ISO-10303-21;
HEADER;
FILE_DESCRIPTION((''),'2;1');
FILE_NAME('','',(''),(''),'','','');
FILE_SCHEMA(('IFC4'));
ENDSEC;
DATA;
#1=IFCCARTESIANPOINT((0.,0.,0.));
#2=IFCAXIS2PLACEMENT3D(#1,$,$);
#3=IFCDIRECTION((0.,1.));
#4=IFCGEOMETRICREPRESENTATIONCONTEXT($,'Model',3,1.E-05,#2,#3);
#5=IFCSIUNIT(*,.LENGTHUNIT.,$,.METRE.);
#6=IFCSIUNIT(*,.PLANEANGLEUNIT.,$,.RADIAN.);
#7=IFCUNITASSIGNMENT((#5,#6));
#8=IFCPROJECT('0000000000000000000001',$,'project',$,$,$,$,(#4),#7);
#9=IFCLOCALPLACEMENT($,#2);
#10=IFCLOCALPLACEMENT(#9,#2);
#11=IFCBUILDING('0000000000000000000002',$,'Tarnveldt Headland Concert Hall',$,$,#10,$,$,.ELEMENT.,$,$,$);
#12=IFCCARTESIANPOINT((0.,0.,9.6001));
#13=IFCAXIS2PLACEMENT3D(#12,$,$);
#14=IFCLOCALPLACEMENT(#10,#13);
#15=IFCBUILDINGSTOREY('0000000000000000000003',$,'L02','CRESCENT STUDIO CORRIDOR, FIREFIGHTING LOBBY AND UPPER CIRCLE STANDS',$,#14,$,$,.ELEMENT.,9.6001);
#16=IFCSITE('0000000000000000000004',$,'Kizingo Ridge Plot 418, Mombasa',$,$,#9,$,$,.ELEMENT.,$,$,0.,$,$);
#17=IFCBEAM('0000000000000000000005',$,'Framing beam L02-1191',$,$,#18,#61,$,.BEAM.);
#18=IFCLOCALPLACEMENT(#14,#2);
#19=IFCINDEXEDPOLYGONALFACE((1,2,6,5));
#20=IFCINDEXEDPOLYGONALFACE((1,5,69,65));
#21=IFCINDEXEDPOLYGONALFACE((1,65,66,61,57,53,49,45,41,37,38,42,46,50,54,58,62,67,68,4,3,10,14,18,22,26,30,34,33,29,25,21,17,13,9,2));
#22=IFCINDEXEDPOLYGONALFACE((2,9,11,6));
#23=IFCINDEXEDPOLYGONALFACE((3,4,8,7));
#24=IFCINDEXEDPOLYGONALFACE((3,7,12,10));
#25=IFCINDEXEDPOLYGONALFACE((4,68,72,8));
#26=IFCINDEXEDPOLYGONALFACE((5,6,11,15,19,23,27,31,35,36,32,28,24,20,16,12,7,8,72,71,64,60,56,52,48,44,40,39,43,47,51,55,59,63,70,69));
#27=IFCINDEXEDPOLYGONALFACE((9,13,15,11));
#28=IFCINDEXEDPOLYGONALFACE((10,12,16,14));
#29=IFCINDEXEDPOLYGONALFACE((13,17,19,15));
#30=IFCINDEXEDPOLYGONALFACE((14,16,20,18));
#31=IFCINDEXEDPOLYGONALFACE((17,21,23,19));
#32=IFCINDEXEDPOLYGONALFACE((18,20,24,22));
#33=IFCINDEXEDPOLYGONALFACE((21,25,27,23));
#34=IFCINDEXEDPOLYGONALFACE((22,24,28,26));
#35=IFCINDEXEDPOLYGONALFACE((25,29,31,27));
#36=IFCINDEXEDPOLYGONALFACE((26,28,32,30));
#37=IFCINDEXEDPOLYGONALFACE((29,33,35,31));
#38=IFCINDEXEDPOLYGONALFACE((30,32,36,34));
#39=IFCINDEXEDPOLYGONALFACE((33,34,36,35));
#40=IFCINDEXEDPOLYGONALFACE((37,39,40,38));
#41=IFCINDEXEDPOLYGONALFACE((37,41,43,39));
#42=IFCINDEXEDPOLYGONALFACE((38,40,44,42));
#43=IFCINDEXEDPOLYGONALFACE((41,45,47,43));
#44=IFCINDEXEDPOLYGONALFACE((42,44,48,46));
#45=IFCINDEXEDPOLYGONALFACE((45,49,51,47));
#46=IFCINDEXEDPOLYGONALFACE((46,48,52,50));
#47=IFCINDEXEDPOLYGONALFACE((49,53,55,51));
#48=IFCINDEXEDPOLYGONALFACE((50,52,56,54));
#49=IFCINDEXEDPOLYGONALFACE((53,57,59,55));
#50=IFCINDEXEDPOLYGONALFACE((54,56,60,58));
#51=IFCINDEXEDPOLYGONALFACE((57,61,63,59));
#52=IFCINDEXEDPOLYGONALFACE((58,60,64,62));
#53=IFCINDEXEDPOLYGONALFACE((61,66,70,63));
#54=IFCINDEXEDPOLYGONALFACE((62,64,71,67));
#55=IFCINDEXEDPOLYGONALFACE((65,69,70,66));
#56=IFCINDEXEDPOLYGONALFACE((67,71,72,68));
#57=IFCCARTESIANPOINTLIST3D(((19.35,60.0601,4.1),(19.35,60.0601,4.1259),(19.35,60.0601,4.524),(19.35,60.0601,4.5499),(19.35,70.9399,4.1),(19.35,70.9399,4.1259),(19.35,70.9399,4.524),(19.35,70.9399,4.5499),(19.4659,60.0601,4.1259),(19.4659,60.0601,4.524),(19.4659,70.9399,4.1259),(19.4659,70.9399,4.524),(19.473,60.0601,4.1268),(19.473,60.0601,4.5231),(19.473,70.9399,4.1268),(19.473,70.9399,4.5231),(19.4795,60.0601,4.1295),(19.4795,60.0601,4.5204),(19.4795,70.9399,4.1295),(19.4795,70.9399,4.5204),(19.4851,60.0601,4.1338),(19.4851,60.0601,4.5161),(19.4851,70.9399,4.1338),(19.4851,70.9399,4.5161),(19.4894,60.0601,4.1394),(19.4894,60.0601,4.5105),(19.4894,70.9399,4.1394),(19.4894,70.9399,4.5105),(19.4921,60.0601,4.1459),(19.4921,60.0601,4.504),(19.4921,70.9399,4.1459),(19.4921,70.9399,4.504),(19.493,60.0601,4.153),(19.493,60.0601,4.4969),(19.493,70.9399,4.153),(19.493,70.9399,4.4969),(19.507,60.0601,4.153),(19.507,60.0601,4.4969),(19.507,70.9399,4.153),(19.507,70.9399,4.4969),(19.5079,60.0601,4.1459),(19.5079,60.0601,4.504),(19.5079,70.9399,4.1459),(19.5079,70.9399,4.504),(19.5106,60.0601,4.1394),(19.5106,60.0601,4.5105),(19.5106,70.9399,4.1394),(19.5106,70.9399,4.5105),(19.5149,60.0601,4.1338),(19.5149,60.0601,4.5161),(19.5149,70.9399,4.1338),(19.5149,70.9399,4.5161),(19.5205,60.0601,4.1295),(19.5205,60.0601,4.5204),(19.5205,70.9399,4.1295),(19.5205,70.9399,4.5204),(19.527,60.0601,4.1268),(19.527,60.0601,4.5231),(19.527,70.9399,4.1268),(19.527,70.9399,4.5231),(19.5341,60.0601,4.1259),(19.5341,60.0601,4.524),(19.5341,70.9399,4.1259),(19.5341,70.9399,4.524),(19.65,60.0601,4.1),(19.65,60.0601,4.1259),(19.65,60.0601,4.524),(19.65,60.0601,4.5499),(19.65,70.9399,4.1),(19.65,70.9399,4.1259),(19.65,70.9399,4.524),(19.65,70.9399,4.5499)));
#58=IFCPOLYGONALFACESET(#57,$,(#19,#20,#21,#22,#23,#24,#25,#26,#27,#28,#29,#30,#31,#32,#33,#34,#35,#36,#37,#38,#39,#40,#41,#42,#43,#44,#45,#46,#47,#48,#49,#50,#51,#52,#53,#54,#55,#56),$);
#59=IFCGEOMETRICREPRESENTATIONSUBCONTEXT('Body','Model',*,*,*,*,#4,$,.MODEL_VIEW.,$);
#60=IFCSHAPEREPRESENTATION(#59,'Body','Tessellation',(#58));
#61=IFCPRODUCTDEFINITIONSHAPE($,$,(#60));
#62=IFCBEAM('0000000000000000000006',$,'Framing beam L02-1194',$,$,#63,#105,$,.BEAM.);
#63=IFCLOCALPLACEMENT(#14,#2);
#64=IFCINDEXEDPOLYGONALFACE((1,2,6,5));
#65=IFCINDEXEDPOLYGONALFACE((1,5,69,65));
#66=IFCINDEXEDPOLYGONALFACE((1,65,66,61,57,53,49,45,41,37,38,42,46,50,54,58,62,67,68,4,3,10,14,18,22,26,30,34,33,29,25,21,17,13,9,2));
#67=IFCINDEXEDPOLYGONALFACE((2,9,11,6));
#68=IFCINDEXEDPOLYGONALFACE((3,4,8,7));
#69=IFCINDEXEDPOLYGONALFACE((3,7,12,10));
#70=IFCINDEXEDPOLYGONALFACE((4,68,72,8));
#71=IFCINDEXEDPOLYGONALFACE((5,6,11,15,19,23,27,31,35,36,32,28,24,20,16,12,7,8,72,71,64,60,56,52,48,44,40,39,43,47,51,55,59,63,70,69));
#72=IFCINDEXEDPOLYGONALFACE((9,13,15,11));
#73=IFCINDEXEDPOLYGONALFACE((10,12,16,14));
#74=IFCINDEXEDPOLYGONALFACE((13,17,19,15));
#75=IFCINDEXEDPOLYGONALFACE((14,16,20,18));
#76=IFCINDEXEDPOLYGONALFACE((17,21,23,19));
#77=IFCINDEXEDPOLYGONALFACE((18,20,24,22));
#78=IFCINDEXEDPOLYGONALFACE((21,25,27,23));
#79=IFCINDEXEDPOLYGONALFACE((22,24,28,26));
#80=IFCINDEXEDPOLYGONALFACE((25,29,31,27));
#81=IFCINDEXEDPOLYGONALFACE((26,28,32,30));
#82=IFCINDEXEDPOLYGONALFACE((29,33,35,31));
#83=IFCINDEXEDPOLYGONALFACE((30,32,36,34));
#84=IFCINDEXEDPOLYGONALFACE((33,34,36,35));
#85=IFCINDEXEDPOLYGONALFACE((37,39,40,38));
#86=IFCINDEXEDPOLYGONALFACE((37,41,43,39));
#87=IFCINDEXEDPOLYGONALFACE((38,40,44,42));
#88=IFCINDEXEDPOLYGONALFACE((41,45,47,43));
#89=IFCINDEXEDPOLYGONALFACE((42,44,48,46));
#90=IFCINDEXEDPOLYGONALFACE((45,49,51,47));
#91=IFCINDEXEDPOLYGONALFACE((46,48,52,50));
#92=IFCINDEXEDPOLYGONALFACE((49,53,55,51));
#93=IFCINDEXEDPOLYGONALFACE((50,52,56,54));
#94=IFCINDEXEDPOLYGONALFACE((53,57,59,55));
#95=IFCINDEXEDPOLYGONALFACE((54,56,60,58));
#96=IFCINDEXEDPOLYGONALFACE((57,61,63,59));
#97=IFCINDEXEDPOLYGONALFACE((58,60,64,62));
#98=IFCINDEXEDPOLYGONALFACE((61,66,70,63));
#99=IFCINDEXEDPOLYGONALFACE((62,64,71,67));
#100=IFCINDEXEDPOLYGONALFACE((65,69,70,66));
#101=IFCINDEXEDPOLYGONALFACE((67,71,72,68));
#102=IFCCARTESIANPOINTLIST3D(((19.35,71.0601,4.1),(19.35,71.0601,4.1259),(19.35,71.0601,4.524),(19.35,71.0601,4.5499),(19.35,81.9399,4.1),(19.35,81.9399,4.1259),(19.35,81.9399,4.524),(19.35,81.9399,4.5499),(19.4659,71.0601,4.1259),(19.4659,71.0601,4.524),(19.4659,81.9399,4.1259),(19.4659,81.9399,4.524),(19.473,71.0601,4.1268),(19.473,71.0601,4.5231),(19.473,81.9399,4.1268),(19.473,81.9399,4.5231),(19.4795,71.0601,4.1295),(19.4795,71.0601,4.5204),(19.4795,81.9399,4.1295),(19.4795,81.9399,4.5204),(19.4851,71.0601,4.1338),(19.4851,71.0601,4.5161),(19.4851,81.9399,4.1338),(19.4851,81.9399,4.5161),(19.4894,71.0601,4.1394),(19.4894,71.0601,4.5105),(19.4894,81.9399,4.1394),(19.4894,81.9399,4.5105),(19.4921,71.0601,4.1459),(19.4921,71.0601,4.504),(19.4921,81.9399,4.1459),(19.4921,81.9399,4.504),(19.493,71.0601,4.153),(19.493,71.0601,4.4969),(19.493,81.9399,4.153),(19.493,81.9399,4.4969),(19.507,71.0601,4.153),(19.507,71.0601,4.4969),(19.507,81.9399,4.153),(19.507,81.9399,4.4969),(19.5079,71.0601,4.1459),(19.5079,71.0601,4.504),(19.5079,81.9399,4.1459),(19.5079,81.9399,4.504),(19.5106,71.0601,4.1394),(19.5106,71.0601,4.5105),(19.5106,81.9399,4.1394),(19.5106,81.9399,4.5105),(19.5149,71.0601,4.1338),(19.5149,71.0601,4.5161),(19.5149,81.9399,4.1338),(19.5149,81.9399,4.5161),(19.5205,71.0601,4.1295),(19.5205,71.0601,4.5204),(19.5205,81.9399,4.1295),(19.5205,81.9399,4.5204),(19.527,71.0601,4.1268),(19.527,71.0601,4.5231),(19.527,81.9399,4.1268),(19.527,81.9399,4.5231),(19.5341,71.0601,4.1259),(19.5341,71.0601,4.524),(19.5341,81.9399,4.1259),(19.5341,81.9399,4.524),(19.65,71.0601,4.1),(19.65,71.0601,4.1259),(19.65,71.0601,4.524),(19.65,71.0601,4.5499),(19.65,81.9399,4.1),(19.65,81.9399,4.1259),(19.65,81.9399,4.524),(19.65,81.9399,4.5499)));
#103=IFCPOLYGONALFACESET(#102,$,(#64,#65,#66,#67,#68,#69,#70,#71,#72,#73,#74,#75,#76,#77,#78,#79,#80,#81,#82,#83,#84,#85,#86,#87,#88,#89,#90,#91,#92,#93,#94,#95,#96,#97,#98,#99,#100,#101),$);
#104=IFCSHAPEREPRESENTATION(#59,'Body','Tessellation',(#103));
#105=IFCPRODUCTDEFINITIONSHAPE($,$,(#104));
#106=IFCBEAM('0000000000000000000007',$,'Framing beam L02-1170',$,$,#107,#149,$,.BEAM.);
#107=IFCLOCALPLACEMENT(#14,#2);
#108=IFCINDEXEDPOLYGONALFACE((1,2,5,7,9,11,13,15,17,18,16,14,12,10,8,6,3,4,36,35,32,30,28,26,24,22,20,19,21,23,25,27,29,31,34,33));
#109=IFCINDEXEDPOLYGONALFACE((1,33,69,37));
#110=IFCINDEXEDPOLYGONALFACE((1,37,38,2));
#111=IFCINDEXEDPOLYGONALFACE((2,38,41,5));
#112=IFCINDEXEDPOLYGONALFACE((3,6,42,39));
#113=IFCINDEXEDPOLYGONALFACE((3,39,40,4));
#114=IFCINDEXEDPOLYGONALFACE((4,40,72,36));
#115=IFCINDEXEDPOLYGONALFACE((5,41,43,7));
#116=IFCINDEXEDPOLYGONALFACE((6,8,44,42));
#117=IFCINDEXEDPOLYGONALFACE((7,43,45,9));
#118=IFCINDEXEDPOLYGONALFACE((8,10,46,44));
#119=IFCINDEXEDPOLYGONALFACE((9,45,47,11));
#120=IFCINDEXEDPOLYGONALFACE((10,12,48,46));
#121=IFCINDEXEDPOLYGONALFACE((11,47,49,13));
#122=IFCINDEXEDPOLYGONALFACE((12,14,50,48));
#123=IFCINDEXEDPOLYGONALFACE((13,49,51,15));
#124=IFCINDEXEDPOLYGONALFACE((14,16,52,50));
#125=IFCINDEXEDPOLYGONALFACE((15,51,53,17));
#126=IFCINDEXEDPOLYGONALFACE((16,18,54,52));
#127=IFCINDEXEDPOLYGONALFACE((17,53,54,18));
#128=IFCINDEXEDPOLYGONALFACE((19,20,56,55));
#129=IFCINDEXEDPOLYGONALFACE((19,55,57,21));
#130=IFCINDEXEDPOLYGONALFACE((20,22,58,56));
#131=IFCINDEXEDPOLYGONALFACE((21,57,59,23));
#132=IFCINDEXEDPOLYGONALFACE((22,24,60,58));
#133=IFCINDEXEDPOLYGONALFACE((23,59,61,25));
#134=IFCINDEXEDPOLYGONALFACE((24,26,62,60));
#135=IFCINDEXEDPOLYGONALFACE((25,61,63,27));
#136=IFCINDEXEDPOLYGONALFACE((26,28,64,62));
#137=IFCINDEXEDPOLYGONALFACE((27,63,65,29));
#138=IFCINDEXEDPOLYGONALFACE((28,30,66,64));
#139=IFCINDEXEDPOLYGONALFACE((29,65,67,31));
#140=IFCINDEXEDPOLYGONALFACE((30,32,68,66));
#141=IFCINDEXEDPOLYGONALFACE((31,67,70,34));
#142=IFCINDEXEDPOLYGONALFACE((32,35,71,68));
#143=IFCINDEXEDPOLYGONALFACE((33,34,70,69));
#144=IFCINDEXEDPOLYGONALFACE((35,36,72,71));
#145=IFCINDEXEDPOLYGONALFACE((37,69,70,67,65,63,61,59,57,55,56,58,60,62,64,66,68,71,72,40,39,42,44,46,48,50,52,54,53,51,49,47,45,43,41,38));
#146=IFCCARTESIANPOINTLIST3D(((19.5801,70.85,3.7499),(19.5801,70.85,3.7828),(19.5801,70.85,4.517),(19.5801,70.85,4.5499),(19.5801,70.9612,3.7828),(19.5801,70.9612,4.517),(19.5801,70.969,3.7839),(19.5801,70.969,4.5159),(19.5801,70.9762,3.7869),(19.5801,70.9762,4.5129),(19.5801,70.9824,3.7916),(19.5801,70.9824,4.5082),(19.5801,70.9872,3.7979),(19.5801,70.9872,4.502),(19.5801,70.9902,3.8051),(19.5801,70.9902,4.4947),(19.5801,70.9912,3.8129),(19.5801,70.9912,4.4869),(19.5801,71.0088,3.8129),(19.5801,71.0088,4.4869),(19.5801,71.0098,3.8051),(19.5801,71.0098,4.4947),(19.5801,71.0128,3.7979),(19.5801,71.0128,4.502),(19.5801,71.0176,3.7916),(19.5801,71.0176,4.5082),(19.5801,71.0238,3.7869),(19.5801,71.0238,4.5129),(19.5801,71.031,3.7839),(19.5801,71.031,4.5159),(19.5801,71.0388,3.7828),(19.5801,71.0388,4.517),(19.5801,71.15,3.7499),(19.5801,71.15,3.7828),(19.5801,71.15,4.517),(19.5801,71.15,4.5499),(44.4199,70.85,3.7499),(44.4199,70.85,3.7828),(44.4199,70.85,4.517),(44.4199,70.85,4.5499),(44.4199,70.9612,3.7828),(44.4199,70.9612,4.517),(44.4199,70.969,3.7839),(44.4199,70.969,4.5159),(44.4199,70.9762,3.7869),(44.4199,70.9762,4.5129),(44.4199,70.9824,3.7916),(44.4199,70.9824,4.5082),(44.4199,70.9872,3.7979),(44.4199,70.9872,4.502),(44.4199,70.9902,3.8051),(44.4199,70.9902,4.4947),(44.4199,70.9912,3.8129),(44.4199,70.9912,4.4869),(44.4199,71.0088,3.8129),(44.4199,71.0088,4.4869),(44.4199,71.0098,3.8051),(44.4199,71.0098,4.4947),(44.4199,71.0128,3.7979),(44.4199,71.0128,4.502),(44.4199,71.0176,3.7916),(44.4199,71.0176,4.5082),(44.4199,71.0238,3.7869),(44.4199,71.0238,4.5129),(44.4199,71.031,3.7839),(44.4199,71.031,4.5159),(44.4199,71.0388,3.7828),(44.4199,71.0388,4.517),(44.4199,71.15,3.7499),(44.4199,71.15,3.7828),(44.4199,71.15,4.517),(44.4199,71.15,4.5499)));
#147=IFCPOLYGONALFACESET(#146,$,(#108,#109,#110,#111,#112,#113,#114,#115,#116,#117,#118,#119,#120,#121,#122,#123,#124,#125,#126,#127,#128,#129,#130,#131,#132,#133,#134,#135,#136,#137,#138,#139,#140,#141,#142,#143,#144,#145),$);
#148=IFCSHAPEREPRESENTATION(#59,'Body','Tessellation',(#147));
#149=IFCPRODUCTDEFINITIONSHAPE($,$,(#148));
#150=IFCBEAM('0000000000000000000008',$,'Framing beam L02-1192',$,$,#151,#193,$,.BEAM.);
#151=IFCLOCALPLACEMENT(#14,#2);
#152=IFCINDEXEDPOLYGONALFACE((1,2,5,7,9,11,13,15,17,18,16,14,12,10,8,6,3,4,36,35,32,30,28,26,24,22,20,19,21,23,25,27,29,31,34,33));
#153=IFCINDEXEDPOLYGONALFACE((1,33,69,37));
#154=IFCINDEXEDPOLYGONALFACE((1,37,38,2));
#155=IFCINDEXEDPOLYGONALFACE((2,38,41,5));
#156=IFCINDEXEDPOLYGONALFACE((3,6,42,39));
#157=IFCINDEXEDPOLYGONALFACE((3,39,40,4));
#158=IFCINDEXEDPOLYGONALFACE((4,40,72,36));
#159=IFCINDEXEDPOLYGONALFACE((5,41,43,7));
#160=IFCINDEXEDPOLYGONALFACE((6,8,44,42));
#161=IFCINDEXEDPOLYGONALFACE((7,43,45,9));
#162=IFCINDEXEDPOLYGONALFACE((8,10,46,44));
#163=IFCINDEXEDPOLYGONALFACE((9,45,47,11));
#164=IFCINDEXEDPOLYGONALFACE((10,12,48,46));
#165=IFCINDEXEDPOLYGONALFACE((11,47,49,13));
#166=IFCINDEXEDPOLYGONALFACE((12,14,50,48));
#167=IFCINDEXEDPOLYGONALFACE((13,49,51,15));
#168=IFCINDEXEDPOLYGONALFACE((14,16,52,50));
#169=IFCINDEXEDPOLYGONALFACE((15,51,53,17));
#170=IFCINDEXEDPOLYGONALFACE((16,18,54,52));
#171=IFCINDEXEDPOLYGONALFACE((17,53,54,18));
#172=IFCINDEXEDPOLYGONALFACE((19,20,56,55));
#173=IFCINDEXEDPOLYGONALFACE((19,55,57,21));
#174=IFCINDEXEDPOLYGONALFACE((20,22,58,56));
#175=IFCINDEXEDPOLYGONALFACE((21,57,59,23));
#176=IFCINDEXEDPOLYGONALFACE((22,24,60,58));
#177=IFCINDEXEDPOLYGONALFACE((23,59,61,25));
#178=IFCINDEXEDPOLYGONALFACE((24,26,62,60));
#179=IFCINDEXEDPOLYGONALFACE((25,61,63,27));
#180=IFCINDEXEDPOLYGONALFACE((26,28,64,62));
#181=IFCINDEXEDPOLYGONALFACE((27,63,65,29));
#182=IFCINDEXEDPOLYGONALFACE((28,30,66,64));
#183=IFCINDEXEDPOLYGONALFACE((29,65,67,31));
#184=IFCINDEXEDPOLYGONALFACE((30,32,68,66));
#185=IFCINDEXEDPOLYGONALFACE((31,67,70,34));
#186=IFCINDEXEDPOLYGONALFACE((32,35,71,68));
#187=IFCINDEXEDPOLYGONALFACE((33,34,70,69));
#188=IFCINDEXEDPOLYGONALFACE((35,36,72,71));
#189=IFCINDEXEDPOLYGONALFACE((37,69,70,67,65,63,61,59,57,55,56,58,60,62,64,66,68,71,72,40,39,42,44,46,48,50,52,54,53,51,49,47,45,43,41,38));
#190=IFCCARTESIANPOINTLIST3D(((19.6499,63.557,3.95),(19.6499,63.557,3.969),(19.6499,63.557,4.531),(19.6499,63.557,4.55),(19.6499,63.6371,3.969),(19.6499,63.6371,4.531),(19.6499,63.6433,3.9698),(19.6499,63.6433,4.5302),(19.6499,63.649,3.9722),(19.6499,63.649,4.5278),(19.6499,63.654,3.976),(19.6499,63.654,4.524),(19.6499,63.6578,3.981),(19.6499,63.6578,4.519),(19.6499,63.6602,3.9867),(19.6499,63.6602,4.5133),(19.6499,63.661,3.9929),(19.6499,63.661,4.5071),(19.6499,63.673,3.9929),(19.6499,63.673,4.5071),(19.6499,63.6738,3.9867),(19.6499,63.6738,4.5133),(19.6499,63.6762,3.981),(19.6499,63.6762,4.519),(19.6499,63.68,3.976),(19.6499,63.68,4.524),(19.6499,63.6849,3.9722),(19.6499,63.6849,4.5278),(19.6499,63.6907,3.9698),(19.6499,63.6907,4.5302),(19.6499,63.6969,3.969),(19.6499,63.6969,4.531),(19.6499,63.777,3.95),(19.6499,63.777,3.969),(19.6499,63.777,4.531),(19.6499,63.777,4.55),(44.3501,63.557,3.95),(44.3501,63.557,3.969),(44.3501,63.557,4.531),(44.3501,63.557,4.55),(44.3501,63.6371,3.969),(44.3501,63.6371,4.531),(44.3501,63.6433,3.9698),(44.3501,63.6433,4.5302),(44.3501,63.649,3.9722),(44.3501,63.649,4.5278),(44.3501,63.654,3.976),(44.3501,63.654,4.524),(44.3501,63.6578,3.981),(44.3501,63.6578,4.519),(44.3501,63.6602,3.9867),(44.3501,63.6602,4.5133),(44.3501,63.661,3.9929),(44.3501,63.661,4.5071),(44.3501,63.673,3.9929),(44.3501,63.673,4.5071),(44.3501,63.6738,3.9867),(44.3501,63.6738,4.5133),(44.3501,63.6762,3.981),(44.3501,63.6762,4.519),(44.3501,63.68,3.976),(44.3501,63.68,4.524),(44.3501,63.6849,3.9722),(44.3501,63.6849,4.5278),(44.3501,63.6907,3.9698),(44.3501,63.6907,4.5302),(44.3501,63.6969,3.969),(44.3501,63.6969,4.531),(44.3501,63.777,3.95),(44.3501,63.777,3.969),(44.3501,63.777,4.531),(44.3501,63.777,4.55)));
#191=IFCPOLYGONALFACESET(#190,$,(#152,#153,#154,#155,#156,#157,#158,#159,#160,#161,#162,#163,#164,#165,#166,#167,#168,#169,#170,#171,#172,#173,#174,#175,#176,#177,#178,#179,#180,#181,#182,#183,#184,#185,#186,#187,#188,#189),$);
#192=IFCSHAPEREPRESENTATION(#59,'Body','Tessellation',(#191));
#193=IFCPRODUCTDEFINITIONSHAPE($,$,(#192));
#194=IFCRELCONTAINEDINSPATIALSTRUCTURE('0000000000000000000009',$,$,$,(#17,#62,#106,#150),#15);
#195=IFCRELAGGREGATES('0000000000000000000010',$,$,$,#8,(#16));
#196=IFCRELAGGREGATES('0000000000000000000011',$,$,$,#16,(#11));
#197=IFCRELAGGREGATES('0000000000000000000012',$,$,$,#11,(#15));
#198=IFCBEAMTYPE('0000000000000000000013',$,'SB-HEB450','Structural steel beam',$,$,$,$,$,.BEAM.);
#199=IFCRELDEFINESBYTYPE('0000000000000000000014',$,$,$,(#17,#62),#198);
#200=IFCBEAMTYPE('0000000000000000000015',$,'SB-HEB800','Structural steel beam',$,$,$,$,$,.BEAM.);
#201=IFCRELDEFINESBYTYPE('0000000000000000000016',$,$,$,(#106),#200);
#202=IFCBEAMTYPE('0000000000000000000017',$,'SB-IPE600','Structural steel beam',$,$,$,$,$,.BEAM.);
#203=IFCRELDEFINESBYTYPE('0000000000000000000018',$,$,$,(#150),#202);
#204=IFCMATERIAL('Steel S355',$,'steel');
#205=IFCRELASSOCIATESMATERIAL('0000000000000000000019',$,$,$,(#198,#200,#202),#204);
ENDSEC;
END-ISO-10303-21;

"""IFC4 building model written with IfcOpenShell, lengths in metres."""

from ifc_helpers import new_model, si_unit, direction, frame, origin, origin_2d, place, context, subcontext, project, spatial, i_section, extrude, material, material_profile, profile_set, type_object, element, save


model = new_model("IFC4")

# Units and contexts
model_context = context("Model", 3, precision=1e-05, world=origin(), true_north=direction((0.0, 1.0)))
body_context = subcontext(model_context, "Body", "Model", "MODEL_VIEW")
ifc_project = project(units=[si_unit("LENGTHUNIT", "METRE"), si_unit("PLANEANGLEUNIT", "RADIAN")], contexts=[model_context])

# Site, building, storey
site_placement = place(None, origin())
site = spatial("IfcSite", under=ifc_project, at=site_placement, Name="Kizingo Ridge Plot 418, Mombasa", CompositionType="ELEMENT", RefElevation=0.0)
building_placement = place(site_placement, origin())
building = spatial("IfcBuilding", under=site, at=building_placement, Name="Tarnveldt Headland Concert Hall", CompositionType="ELEMENT")
storey_placement = place(building_placement, frame((0.0, 0.0, 9.6001)))
storey = spatial("IfcBuildingStorey", under=building, at=storey_placement, Name="L02", Description="CRESCENT STUDIO CORRIDOR, FIREFIGHTING LOBBY AND UPPER CIRCLE STANDS", CompositionType="ELEMENT", Elevation=9.6001)

# Shared definitions
ifc_material_1 = material(Name="Steel S355", Category="steel")

# Beams
ifc_material_profile_1 = material_profile(ifc_material_1, i_section(OverallWidth=0.3, OverallDepth=0.45, WebThickness=0.0139, FlangeThickness=0.0259, FilletRadius=0.0271, at=origin_2d()), Name="HEB450", Category="steel")
ifc_profile_set_1 = profile_set([ifc_material_profile_1], Name="Steel S355")
beam_type_1 = type_object("IfcBeamType", Name="SB-HEB450", Description="Structural steel beam", PredefinedType="BEAM", material=ifc_profile_set_1)
for number, where, z_axis, x_axis, name in (
    (1, (19.5, 60.0601, 4.325), (0.0, 1.0, 0.0), (-1.0, 0.0, 0.0), "Framing beam L02-1191"),
    (2, (19.5, 71.0601, 4.325), (0.0, 1.0, 0.0), (-1.0, 0.0, 0.0), "Framing beam L02-1194"),
):
    element("IfcBeam", number, at=place(storey_placement, frame(where, z_axis=z_axis, x_axis=x_axis)), inside=storey, type_object=beam_type_1, Name=name, PredefinedType="BEAM", context=body_context, shape_type="SweptSolid", body=[
        extrude(i_section(OverallWidth=0.3, OverallDepth=0.45, WebThickness=0.0139, FlangeThickness=0.0259, FilletRadius=0.0271, at=origin_2d()), origin(), (0.0, 0.0, 1.0), 10.8799),
    ])
ifc_material_profile_2 = material_profile(ifc_material_1, i_section(OverallWidth=0.3, OverallDepth=0.8, WebThickness=0.0176, FlangeThickness=0.033, FilletRadius=0.03, at=origin_2d()), Name="HEB800", Category="steel")
ifc_profile_set_2 = profile_set([ifc_material_profile_2], Name="Steel S355")
beam_type_2 = type_object("IfcBeamType", Name="SB-HEB800", Description="Structural steel beam", PredefinedType="BEAM", material=ifc_profile_set_2)
beam_1_placement = place(storey_placement, frame((19.5801, 71.0, 4.1499), z_axis=(1.0, 0.0, 0.0), x_axis=(0.0, 1.0, 0.0)))
element("IfcBeam", 3, at=beam_1_placement, inside=storey, type_object=beam_type_2, Name="Framing beam L02-1170", PredefinedType="BEAM", context=body_context, shape_type="SweptSolid", body=[
    extrude(i_section(OverallWidth=0.3, OverallDepth=0.8, WebThickness=0.0176, FlangeThickness=0.033, FilletRadius=0.03, at=origin_2d()), origin(), (0.0, 0.0, 1.0), 24.8398),
])
ifc_material_profile_3 = material_profile(ifc_material_1, i_section(OverallWidth=0.22, OverallDepth=0.6001, WebThickness=0.012, FlangeThickness=0.019, FilletRadius=0.0239, at=origin_2d()), Name="IPE600", Category="steel")
ifc_profile_set_3 = profile_set([ifc_material_profile_3], Name="Steel S355")
beam_type_3 = type_object("IfcBeamType", Name="SB-IPE600", Description="Structural steel beam", PredefinedType="BEAM", material=ifc_profile_set_3)
for number, where, z_axis, x_axis, name in (
    (4, (19.6499, 63.667, 4.25), (1.0, 0.0, 0.0), (0.0, 1.0, 0.0), "Framing beam L02-1192"),
):
    element("IfcBeam", number, at=place(storey_placement, frame(where, z_axis=z_axis, x_axis=x_axis)), inside=storey, type_object=beam_type_3, Name=name, PredefinedType="BEAM", context=body_context, shape_type="SweptSolid", body=[
        extrude(i_section(OverallWidth=0.22, OverallDepth=0.6001, WebThickness=0.012, FlangeThickness=0.019, FilletRadius=0.0239, at=origin_2d()), origin(), (0.0, 0.0, 1.0), 24.7002),
    ])

save(model, "model.ifc")
